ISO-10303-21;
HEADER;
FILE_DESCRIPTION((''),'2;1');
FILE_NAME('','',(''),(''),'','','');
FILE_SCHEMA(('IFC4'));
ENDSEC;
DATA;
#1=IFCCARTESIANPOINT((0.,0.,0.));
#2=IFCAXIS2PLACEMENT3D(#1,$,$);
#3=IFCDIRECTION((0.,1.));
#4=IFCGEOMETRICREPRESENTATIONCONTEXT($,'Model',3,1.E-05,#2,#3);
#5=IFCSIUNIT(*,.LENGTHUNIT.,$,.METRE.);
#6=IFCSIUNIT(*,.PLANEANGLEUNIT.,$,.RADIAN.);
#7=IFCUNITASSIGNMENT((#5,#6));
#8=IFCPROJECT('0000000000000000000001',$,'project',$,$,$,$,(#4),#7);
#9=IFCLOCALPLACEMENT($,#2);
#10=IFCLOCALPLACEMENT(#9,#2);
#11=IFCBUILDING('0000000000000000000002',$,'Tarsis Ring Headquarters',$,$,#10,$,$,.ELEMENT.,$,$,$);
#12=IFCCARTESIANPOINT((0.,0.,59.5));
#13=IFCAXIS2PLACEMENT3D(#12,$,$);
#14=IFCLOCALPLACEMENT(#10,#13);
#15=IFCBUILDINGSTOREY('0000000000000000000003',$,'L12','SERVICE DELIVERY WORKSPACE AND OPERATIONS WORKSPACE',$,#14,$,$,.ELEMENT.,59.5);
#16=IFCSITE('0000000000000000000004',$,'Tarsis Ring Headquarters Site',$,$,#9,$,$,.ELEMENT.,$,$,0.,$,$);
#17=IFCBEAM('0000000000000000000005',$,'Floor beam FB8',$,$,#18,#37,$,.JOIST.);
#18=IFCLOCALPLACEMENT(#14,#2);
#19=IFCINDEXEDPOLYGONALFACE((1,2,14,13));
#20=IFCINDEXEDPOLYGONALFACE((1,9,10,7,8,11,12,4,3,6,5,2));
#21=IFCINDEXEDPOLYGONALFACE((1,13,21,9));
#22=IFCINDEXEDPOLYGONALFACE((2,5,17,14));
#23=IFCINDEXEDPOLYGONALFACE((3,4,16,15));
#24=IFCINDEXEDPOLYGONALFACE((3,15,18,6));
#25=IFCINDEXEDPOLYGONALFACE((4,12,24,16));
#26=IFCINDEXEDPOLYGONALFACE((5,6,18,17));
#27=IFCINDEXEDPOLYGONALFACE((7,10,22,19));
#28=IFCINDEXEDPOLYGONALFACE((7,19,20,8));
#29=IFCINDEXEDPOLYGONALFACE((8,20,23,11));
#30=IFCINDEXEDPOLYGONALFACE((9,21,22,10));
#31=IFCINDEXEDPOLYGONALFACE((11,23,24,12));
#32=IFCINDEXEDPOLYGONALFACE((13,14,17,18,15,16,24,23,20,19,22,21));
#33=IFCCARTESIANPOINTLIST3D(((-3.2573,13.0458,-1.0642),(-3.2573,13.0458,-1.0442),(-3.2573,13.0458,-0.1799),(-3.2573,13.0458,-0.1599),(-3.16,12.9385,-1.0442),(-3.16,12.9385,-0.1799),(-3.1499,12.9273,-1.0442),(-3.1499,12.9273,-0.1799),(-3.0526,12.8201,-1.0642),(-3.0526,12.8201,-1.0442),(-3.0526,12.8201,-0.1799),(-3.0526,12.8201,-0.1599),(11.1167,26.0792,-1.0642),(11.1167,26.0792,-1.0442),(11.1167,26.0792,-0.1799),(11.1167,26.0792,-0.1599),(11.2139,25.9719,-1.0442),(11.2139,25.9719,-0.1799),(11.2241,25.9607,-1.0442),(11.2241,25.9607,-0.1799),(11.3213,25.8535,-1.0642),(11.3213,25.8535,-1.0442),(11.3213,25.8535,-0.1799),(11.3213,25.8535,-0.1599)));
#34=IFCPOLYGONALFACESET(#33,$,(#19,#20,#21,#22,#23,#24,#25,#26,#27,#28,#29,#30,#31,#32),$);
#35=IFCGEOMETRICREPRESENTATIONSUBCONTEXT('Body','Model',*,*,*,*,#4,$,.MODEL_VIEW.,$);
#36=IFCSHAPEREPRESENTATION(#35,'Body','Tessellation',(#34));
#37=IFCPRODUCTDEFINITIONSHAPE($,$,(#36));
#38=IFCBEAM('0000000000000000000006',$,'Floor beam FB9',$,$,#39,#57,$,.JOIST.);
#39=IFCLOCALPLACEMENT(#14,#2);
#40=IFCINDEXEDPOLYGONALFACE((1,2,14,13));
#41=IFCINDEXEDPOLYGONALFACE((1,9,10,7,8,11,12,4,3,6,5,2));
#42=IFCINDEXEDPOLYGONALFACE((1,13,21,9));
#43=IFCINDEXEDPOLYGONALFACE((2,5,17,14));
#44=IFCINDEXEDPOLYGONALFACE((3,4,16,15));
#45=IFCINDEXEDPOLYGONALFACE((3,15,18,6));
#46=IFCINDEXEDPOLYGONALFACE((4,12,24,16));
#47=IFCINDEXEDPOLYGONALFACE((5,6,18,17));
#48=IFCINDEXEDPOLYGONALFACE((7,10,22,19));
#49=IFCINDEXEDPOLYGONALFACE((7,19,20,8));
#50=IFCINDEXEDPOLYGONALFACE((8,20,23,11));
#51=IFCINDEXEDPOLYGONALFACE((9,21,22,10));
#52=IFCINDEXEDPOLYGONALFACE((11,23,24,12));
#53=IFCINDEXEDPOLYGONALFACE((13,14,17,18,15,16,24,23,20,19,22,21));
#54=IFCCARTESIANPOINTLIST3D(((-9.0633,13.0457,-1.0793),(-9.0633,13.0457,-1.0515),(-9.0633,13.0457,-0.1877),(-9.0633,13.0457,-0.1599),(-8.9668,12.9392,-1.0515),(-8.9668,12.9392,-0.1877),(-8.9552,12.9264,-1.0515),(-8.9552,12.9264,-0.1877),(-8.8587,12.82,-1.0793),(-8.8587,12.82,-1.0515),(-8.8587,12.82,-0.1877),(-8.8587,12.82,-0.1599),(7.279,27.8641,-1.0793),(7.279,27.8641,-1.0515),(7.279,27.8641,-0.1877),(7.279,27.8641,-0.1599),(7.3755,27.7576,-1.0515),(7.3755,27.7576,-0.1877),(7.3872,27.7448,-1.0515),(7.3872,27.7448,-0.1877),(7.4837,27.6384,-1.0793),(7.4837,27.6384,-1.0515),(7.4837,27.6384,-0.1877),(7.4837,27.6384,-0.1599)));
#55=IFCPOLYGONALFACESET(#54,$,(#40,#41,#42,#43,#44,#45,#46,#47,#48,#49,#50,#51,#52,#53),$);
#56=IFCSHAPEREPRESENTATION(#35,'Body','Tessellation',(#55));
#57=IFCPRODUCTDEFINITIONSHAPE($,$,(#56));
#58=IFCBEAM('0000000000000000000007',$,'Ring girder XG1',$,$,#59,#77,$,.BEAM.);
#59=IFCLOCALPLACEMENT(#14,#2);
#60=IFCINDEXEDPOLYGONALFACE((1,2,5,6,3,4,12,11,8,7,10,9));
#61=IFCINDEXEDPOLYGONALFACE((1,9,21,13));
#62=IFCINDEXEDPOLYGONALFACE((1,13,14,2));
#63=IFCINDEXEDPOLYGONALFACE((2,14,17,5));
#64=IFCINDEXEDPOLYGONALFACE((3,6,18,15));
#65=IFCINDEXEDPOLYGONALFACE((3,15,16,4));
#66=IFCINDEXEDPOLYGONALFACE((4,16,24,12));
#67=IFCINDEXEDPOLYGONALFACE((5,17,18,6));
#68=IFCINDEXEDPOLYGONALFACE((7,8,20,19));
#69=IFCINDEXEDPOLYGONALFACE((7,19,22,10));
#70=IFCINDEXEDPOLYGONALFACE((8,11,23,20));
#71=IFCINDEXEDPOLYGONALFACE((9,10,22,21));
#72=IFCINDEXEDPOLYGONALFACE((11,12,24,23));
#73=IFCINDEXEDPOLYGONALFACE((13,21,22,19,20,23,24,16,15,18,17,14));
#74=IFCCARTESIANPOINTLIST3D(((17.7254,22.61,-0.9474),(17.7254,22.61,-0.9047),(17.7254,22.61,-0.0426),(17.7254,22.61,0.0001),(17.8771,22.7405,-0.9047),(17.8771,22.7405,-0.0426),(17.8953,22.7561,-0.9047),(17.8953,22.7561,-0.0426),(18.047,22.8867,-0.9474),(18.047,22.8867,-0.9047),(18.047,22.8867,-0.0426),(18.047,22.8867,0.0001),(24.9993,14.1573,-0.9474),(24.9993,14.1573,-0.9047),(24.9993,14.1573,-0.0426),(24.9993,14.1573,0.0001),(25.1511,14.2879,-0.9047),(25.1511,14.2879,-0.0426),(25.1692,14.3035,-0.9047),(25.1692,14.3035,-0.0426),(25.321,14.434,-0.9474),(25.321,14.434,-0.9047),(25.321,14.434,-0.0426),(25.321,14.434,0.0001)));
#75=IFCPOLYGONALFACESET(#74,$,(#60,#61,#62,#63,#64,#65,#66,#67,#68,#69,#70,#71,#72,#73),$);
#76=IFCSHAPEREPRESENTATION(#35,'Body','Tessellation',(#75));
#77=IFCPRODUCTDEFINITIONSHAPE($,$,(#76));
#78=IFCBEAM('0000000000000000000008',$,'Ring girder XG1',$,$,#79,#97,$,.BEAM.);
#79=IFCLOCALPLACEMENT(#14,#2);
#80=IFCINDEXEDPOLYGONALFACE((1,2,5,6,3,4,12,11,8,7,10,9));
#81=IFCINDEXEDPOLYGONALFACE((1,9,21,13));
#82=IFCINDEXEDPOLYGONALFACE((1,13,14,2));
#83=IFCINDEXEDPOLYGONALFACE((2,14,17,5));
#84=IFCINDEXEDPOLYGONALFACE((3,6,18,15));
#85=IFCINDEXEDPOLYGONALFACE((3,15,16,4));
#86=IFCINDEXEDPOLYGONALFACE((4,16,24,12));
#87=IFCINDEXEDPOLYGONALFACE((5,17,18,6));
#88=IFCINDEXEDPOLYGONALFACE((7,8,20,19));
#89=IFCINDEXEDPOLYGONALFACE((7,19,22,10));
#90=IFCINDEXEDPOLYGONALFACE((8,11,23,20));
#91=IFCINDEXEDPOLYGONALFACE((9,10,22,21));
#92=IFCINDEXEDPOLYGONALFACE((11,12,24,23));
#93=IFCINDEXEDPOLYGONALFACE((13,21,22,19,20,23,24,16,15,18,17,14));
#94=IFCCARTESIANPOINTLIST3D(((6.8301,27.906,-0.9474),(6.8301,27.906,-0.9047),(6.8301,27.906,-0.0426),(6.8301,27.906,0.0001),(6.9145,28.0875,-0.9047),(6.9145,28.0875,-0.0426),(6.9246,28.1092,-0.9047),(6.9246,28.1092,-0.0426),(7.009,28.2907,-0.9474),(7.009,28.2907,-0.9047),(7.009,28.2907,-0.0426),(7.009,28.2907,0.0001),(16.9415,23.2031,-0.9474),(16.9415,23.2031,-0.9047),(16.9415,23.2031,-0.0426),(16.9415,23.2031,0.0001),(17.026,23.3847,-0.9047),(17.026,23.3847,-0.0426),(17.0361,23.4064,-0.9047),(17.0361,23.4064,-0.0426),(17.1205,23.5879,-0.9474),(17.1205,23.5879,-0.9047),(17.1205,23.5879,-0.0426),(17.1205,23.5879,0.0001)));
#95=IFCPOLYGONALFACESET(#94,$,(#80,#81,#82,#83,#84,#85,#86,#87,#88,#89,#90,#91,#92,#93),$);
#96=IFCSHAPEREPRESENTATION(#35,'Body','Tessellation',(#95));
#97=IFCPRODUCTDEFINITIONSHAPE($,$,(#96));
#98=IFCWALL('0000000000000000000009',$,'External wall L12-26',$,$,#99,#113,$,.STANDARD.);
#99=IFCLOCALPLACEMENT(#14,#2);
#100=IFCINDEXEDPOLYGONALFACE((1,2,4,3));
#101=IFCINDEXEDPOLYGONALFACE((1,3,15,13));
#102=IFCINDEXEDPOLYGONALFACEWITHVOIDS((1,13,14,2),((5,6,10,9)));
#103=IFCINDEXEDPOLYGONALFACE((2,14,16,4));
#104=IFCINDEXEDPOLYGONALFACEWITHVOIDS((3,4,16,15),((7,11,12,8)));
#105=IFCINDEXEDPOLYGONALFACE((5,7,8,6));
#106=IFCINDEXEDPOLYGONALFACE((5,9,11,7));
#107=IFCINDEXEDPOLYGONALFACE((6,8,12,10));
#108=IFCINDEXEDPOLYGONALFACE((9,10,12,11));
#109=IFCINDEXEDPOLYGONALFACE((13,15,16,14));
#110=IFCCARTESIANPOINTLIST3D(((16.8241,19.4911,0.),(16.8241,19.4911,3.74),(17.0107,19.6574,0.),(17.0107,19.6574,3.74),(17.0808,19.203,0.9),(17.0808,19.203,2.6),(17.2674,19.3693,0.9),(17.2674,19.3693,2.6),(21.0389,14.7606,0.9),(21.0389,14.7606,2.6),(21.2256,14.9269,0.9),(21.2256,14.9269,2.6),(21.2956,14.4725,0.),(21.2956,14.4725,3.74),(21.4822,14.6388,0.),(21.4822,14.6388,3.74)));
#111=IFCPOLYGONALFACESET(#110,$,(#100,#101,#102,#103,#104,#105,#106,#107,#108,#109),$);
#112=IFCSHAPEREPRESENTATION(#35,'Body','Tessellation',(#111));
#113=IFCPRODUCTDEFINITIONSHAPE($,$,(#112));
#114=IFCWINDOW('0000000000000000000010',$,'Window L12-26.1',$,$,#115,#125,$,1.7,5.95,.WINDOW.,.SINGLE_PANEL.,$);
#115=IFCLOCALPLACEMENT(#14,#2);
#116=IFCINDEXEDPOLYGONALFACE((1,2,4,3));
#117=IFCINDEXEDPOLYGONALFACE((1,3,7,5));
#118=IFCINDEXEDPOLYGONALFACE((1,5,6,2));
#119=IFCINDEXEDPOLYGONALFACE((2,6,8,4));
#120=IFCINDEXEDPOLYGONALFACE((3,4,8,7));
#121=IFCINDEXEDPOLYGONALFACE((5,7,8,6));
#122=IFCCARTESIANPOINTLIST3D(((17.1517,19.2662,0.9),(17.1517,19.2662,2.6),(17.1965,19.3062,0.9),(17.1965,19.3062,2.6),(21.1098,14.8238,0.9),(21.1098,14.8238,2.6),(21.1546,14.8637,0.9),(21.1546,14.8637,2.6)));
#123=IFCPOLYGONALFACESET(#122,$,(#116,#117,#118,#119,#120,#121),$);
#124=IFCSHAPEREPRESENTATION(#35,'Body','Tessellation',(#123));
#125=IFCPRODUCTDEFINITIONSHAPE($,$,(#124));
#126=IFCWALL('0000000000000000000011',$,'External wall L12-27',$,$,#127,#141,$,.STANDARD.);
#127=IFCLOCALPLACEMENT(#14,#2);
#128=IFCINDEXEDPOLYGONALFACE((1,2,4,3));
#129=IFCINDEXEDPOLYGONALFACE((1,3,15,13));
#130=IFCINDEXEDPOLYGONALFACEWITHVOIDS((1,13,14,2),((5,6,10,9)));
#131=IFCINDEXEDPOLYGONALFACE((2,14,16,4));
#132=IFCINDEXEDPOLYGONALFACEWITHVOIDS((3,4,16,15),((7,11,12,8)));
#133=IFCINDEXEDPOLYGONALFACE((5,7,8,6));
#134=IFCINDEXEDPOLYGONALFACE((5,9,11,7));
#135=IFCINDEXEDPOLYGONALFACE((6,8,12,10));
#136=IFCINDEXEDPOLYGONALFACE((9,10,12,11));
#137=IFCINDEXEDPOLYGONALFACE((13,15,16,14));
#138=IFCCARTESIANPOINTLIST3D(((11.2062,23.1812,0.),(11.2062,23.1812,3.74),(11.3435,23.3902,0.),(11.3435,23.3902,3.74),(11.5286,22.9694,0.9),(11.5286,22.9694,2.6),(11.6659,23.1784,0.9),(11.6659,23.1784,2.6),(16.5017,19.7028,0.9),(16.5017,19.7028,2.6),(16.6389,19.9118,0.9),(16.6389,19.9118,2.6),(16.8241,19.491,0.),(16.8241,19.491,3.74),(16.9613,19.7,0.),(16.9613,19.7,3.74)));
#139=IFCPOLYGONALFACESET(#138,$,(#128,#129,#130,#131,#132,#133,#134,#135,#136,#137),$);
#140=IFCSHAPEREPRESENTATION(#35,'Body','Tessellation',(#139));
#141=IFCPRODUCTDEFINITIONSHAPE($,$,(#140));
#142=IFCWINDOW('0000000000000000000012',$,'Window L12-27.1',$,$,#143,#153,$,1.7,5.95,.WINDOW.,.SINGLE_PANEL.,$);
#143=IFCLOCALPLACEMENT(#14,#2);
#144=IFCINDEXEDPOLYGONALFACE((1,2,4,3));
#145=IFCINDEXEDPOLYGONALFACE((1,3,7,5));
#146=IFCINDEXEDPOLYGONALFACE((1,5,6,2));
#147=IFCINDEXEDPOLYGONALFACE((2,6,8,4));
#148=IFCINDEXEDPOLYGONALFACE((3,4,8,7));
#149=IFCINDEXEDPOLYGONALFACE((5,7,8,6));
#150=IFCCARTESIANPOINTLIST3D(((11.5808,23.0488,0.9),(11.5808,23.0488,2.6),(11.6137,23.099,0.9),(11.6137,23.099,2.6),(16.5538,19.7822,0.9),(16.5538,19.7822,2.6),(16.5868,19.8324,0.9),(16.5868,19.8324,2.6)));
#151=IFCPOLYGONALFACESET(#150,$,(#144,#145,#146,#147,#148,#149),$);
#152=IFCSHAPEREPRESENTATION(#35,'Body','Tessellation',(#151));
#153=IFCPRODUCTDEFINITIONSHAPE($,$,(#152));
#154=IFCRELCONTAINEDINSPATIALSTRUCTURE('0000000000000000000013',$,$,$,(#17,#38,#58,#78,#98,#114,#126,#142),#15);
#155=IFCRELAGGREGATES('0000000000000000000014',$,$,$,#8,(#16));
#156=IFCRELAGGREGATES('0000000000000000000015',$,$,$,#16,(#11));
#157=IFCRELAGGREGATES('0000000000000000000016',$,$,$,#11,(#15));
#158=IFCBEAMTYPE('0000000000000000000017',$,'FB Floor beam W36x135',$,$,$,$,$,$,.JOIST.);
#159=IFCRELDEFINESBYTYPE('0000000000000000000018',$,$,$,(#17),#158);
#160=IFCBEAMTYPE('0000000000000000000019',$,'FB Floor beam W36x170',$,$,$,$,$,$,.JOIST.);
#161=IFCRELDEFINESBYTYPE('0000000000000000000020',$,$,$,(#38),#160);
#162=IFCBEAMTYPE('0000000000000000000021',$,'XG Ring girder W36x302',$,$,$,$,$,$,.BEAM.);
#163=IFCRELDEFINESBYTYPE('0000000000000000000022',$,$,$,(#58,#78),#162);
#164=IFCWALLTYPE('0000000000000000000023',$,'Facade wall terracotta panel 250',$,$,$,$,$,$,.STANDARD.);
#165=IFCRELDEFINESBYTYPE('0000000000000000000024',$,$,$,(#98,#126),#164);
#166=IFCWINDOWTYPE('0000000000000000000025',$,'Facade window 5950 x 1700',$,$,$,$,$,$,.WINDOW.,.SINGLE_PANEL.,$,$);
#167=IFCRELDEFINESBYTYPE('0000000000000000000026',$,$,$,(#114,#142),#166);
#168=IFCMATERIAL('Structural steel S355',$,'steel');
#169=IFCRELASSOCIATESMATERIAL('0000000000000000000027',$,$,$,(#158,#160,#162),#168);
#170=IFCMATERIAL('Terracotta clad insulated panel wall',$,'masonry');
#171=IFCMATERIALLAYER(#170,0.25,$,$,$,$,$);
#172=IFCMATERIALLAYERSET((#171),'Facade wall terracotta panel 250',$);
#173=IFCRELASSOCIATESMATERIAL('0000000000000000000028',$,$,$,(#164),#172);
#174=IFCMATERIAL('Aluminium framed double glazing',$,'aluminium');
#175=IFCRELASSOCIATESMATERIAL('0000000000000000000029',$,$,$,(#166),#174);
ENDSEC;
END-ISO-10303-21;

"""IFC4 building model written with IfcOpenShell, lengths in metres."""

from ifc_helpers import new_model, si_unit, direction, frame, frame_2d, origin, origin_2d, place, context, subcontext, project, spatial, rectangle, i_section, extrude, material, layer, layer_set, material_profile, profile_set, type_object, element, fill, save


model = new_model("IFC4")

# Units and contexts
model_context = context("Model", 3, precision=1e-05, world=origin(), true_north=direction((0.0, 1.0)))
body_context = subcontext(model_context, "Body", "Model", "MODEL_VIEW")
ifc_project = project(units=[si_unit("LENGTHUNIT", "METRE"), si_unit("PLANEANGLEUNIT", "RADIAN")], contexts=[model_context])

# Site, building, storey
site_placement = place(None, origin())
site = spatial("IfcSite", under=ifc_project, at=site_placement, Name="Tarsis Ring Headquarters Site", CompositionType="ELEMENT", RefElevation=0.0)
building_placement = place(site_placement, origin())
building = spatial("IfcBuilding", under=site, at=building_placement, Name="Tarsis Ring Headquarters", CompositionType="ELEMENT")
storey_placement = place(building_placement, frame((0.0, 0.0, 59.5)))
storey = spatial("IfcBuildingStorey", under=building, at=storey_placement, Name="L12", Description="SERVICE DELIVERY WORKSPACE AND OPERATIONS WORKSPACE", CompositionType="ELEMENT", Elevation=59.5)

# Beams
ifc_material_1 = material(Name="Structural steel S355", Category="steel")
ifc_material_profile_1 = material_profile(ifc_material_1, i_section(OverallWidth=0.3047, OverallDepth=0.9043, WebThickness=0.0151, FlangeThickness=0.02, at=origin_2d()), Name="W36x135")
ifc_profile_set_1 = profile_set([ifc_material_profile_1], Name="Structural steel S355")
beam_type_1 = type_object("IfcBeamType", Name="FB Floor beam W36x135", PredefinedType="JOIST", material=ifc_profile_set_1)
beam_1_placement = place(storey_placement, frame((11.219, 25.9663, -0.6121), z_axis=(-0.740808, -0.671717, 0.0), x_axis=(0.671717, -0.740808, 0.0)))
element("IfcBeam", 1, at=beam_1_placement, inside=storey, type_object=beam_type_1, Name="Floor beam FB8", PredefinedType="JOIST", context=body_context, shape_type="SweptSolid", body=[
    extrude(i_section(OverallWidth=0.3047, OverallDepth=0.9043, WebThickness=0.0151, FlangeThickness=0.02, at=origin_2d()), origin(), (0.0, 0.0, 1.0), 19.4031),
])
ifc_material_profile_2 = material_profile(ifc_material_1, i_section(OverallWidth=0.3047, OverallDepth=0.9194, WebThickness=0.0173, FlangeThickness=0.0278, at=origin_2d()), Name="W36x170")
ifc_profile_set_2 = profile_set([ifc_material_profile_2], Name="Structural steel S355")
beam_type_2 = type_object("IfcBeamType", Name="FB Floor beam W36x170", PredefinedType="JOIST", material=ifc_profile_set_2)
beam_2_placement = place(storey_placement, frame((7.3813, 27.7512, -0.6196), z_axis=(-0.740803, -0.671723, 0.0), x_axis=(0.671723, -0.740803, 0.0)))
element("IfcBeam", 2, at=beam_2_placement, inside=storey, type_object=beam_type_2, Name="Floor beam FB9", PredefinedType="JOIST", context=body_context, shape_type="SweptSolid", body=[
    extrude(i_section(OverallWidth=0.3047, OverallDepth=0.9194, WebThickness=0.0173, FlangeThickness=0.0278, at=origin_2d()), origin(), (0.0, 0.0, 1.0), 22.0603),
])
ifc_material_profile_3 = material_profile(ifc_material_1, i_section(OverallWidth=0.4243, OverallDepth=0.9475, WebThickness=0.0239, FlangeThickness=0.0427, at=origin_2d()), Name="W36x302")
ifc_profile_set_3 = profile_set([ifc_material_profile_3], Name="Structural steel S355")
beam_type_3 = type_object("IfcBeamType", Name="XG Ring girder W36x302", PredefinedType="BEAM", material=ifc_profile_set_3)
for number, where, z_axis, x_axis, name in (
    (3, (25.1602, 14.2957, -0.4736), (-0.652279, 0.757979, 0.0), (-0.757979, -0.652279, 0.0), "Ring girder XG1"),
    (4, (17.031, 23.3955, -0.4736), (-0.906727, 0.421718, 0.0), (-0.421718, -0.906727, 0.0), "Ring girder XG1"),
):
    element("IfcBeam", number, at=place(storey_placement, frame(where, z_axis=z_axis, x_axis=x_axis)), inside=storey, type_object=beam_type_3, Name=name, PredefinedType="BEAM", context=body_context, shape_type="SweptSolid", body=[
        extrude(i_section(OverallWidth=0.4243, OverallDepth=0.9475, WebThickness=0.0239, FlangeThickness=0.0427, at=origin_2d()), origin(), (0.0, 0.0, 1.0), 11.1516),
    ])

# Walls, openings, windows
ifc_material_2 = material(Name="Terracotta clad insulated panel wall", Category="masonry")
ifc_layer = layer(ifc_material_2, 0.25)
ifc_layer_set = layer_set([ifc_layer], Name="Facade wall terracotta panel 250")
wall_type = type_object("IfcWallType", Name="Facade wall terracotta panel 250", PredefinedType="STANDARD", material=ifc_layer_set)
wall_1_placement = place(storey_placement, frame((21.3889, 14.5557, 0.0), z_axis=(0.0, 0.0, 1.0), x_axis=(-0.665236, 0.746633, 0.0)))
wall_1 = element("IfcWall", 5, at=wall_1_placement, inside=storey, type_object=wall_type, Name="External wall L12-26", PredefinedType="STANDARD", context=body_context, shape_type="SweptSolid", body=[
    extrude(rectangle(XDim=6.7217, YDim=0.25, at=frame_2d((3.3608, 0.0))), origin(), (0.0, 0.0, 1.0), 3.74),
])
opening_1_placement = place(wall_1_placement, frame((0.3857, 0.0, 0.8999)))
opening_1 = element("IfcOpeningElement", 6, at=opening_1_placement, cuts=wall_1, PredefinedType="OPENING", context=body_context, shape_type="SweptSolid", body=[
    extrude(rectangle(XDim=5.95, YDim=1.7, at=frame_2d((2.9751, 0.8501))), frame((0.0, 0.135, 0.0), z_axis=(0.0, -1.0, 0.0), x_axis=(1.0, 0.0, 0.0)), (0.0, 0.0, 1.0), 0.27),
])
ifc_material_3 = material(Name="Aluminium framed double glazing", Category="aluminium")
window_type = type_object("IfcWindowType", Name="Facade window 5950 x 1700", PartitioningType="SINGLE_PANEL", PredefinedType="WINDOW", material=ifc_material_3)
window_1_placement = place(opening_1_placement, origin())
window_1 = element("IfcWindow", 7, at=window_1_placement, inside=storey, type_object=window_type, Name="Window L12-26.1", OverallHeight=1.7, OverallWidth=5.95, PartitioningType="SINGLE_PANEL", PredefinedType="WINDOW", context=body_context, shape_type="SweptSolid", body=[
    extrude(rectangle(XDim=5.95, YDim=1.7, at=frame_2d((2.9751, 0.8501))), frame((0.0, 0.03, 0.0), z_axis=(0.0, -1.0, 0.0), x_axis=(1.0, 0.0, 0.0)), (0.0, 0.0, 1.0), 0.0601),
])
fill(opening_1, window_1)
wall_2_placement = place(storey_placement, frame((16.8928, 19.5955, 0.0), z_axis=(0.0, 0.0, 1.0), x_axis=(-0.835814, 0.549013, 0.0)))
wall_2 = element("IfcWall", 8, at=wall_2_placement, inside=storey, type_object=wall_type, Name="External wall L12-27", PredefinedType="STANDARD", context=body_context, shape_type="SweptSolid", body=[
    extrude(rectangle(XDim=6.7214, YDim=0.25, at=frame_2d((3.3608, 0.0))), origin(), (0.0, 0.0, 1.0), 3.74),
])
opening_2_placement = place(wall_2_placement, frame((0.3857, 0.0, 0.8999)))
opening_2 = element("IfcOpeningElement", 9, at=opening_2_placement, cuts=wall_2, PredefinedType="OPENING", context=body_context, shape_type="SweptSolid", body=[
    extrude(rectangle(XDim=5.95, YDim=1.7, at=frame_2d((2.9751, 0.8501))), frame((0.0, 0.135, 0.0), z_axis=(0.0, -1.0, 0.0), x_axis=(1.0, 0.0, 0.0)), (0.0, 0.0, 1.0), 0.27),
])
window_2_placement = place(opening_2_placement, origin())
window_2 = element("IfcWindow", 10, at=window_2_placement, inside=storey, type_object=window_type, Name="Window L12-27.1", OverallHeight=1.7, OverallWidth=5.95, PartitioningType="SINGLE_PANEL", PredefinedType="WINDOW", context=body_context, shape_type="SweptSolid", body=[
    extrude(rectangle(XDim=5.95, YDim=1.7, at=frame_2d((2.9751, 0.8501))), frame((0.0, 0.03, 0.0), z_axis=(0.0, -1.0, 0.0), x_axis=(1.0, 0.0, 0.0)), (0.0, 0.0, 1.0), 0.0601),
])
fill(opening_2, window_2)

save(model, "model.ifc")
